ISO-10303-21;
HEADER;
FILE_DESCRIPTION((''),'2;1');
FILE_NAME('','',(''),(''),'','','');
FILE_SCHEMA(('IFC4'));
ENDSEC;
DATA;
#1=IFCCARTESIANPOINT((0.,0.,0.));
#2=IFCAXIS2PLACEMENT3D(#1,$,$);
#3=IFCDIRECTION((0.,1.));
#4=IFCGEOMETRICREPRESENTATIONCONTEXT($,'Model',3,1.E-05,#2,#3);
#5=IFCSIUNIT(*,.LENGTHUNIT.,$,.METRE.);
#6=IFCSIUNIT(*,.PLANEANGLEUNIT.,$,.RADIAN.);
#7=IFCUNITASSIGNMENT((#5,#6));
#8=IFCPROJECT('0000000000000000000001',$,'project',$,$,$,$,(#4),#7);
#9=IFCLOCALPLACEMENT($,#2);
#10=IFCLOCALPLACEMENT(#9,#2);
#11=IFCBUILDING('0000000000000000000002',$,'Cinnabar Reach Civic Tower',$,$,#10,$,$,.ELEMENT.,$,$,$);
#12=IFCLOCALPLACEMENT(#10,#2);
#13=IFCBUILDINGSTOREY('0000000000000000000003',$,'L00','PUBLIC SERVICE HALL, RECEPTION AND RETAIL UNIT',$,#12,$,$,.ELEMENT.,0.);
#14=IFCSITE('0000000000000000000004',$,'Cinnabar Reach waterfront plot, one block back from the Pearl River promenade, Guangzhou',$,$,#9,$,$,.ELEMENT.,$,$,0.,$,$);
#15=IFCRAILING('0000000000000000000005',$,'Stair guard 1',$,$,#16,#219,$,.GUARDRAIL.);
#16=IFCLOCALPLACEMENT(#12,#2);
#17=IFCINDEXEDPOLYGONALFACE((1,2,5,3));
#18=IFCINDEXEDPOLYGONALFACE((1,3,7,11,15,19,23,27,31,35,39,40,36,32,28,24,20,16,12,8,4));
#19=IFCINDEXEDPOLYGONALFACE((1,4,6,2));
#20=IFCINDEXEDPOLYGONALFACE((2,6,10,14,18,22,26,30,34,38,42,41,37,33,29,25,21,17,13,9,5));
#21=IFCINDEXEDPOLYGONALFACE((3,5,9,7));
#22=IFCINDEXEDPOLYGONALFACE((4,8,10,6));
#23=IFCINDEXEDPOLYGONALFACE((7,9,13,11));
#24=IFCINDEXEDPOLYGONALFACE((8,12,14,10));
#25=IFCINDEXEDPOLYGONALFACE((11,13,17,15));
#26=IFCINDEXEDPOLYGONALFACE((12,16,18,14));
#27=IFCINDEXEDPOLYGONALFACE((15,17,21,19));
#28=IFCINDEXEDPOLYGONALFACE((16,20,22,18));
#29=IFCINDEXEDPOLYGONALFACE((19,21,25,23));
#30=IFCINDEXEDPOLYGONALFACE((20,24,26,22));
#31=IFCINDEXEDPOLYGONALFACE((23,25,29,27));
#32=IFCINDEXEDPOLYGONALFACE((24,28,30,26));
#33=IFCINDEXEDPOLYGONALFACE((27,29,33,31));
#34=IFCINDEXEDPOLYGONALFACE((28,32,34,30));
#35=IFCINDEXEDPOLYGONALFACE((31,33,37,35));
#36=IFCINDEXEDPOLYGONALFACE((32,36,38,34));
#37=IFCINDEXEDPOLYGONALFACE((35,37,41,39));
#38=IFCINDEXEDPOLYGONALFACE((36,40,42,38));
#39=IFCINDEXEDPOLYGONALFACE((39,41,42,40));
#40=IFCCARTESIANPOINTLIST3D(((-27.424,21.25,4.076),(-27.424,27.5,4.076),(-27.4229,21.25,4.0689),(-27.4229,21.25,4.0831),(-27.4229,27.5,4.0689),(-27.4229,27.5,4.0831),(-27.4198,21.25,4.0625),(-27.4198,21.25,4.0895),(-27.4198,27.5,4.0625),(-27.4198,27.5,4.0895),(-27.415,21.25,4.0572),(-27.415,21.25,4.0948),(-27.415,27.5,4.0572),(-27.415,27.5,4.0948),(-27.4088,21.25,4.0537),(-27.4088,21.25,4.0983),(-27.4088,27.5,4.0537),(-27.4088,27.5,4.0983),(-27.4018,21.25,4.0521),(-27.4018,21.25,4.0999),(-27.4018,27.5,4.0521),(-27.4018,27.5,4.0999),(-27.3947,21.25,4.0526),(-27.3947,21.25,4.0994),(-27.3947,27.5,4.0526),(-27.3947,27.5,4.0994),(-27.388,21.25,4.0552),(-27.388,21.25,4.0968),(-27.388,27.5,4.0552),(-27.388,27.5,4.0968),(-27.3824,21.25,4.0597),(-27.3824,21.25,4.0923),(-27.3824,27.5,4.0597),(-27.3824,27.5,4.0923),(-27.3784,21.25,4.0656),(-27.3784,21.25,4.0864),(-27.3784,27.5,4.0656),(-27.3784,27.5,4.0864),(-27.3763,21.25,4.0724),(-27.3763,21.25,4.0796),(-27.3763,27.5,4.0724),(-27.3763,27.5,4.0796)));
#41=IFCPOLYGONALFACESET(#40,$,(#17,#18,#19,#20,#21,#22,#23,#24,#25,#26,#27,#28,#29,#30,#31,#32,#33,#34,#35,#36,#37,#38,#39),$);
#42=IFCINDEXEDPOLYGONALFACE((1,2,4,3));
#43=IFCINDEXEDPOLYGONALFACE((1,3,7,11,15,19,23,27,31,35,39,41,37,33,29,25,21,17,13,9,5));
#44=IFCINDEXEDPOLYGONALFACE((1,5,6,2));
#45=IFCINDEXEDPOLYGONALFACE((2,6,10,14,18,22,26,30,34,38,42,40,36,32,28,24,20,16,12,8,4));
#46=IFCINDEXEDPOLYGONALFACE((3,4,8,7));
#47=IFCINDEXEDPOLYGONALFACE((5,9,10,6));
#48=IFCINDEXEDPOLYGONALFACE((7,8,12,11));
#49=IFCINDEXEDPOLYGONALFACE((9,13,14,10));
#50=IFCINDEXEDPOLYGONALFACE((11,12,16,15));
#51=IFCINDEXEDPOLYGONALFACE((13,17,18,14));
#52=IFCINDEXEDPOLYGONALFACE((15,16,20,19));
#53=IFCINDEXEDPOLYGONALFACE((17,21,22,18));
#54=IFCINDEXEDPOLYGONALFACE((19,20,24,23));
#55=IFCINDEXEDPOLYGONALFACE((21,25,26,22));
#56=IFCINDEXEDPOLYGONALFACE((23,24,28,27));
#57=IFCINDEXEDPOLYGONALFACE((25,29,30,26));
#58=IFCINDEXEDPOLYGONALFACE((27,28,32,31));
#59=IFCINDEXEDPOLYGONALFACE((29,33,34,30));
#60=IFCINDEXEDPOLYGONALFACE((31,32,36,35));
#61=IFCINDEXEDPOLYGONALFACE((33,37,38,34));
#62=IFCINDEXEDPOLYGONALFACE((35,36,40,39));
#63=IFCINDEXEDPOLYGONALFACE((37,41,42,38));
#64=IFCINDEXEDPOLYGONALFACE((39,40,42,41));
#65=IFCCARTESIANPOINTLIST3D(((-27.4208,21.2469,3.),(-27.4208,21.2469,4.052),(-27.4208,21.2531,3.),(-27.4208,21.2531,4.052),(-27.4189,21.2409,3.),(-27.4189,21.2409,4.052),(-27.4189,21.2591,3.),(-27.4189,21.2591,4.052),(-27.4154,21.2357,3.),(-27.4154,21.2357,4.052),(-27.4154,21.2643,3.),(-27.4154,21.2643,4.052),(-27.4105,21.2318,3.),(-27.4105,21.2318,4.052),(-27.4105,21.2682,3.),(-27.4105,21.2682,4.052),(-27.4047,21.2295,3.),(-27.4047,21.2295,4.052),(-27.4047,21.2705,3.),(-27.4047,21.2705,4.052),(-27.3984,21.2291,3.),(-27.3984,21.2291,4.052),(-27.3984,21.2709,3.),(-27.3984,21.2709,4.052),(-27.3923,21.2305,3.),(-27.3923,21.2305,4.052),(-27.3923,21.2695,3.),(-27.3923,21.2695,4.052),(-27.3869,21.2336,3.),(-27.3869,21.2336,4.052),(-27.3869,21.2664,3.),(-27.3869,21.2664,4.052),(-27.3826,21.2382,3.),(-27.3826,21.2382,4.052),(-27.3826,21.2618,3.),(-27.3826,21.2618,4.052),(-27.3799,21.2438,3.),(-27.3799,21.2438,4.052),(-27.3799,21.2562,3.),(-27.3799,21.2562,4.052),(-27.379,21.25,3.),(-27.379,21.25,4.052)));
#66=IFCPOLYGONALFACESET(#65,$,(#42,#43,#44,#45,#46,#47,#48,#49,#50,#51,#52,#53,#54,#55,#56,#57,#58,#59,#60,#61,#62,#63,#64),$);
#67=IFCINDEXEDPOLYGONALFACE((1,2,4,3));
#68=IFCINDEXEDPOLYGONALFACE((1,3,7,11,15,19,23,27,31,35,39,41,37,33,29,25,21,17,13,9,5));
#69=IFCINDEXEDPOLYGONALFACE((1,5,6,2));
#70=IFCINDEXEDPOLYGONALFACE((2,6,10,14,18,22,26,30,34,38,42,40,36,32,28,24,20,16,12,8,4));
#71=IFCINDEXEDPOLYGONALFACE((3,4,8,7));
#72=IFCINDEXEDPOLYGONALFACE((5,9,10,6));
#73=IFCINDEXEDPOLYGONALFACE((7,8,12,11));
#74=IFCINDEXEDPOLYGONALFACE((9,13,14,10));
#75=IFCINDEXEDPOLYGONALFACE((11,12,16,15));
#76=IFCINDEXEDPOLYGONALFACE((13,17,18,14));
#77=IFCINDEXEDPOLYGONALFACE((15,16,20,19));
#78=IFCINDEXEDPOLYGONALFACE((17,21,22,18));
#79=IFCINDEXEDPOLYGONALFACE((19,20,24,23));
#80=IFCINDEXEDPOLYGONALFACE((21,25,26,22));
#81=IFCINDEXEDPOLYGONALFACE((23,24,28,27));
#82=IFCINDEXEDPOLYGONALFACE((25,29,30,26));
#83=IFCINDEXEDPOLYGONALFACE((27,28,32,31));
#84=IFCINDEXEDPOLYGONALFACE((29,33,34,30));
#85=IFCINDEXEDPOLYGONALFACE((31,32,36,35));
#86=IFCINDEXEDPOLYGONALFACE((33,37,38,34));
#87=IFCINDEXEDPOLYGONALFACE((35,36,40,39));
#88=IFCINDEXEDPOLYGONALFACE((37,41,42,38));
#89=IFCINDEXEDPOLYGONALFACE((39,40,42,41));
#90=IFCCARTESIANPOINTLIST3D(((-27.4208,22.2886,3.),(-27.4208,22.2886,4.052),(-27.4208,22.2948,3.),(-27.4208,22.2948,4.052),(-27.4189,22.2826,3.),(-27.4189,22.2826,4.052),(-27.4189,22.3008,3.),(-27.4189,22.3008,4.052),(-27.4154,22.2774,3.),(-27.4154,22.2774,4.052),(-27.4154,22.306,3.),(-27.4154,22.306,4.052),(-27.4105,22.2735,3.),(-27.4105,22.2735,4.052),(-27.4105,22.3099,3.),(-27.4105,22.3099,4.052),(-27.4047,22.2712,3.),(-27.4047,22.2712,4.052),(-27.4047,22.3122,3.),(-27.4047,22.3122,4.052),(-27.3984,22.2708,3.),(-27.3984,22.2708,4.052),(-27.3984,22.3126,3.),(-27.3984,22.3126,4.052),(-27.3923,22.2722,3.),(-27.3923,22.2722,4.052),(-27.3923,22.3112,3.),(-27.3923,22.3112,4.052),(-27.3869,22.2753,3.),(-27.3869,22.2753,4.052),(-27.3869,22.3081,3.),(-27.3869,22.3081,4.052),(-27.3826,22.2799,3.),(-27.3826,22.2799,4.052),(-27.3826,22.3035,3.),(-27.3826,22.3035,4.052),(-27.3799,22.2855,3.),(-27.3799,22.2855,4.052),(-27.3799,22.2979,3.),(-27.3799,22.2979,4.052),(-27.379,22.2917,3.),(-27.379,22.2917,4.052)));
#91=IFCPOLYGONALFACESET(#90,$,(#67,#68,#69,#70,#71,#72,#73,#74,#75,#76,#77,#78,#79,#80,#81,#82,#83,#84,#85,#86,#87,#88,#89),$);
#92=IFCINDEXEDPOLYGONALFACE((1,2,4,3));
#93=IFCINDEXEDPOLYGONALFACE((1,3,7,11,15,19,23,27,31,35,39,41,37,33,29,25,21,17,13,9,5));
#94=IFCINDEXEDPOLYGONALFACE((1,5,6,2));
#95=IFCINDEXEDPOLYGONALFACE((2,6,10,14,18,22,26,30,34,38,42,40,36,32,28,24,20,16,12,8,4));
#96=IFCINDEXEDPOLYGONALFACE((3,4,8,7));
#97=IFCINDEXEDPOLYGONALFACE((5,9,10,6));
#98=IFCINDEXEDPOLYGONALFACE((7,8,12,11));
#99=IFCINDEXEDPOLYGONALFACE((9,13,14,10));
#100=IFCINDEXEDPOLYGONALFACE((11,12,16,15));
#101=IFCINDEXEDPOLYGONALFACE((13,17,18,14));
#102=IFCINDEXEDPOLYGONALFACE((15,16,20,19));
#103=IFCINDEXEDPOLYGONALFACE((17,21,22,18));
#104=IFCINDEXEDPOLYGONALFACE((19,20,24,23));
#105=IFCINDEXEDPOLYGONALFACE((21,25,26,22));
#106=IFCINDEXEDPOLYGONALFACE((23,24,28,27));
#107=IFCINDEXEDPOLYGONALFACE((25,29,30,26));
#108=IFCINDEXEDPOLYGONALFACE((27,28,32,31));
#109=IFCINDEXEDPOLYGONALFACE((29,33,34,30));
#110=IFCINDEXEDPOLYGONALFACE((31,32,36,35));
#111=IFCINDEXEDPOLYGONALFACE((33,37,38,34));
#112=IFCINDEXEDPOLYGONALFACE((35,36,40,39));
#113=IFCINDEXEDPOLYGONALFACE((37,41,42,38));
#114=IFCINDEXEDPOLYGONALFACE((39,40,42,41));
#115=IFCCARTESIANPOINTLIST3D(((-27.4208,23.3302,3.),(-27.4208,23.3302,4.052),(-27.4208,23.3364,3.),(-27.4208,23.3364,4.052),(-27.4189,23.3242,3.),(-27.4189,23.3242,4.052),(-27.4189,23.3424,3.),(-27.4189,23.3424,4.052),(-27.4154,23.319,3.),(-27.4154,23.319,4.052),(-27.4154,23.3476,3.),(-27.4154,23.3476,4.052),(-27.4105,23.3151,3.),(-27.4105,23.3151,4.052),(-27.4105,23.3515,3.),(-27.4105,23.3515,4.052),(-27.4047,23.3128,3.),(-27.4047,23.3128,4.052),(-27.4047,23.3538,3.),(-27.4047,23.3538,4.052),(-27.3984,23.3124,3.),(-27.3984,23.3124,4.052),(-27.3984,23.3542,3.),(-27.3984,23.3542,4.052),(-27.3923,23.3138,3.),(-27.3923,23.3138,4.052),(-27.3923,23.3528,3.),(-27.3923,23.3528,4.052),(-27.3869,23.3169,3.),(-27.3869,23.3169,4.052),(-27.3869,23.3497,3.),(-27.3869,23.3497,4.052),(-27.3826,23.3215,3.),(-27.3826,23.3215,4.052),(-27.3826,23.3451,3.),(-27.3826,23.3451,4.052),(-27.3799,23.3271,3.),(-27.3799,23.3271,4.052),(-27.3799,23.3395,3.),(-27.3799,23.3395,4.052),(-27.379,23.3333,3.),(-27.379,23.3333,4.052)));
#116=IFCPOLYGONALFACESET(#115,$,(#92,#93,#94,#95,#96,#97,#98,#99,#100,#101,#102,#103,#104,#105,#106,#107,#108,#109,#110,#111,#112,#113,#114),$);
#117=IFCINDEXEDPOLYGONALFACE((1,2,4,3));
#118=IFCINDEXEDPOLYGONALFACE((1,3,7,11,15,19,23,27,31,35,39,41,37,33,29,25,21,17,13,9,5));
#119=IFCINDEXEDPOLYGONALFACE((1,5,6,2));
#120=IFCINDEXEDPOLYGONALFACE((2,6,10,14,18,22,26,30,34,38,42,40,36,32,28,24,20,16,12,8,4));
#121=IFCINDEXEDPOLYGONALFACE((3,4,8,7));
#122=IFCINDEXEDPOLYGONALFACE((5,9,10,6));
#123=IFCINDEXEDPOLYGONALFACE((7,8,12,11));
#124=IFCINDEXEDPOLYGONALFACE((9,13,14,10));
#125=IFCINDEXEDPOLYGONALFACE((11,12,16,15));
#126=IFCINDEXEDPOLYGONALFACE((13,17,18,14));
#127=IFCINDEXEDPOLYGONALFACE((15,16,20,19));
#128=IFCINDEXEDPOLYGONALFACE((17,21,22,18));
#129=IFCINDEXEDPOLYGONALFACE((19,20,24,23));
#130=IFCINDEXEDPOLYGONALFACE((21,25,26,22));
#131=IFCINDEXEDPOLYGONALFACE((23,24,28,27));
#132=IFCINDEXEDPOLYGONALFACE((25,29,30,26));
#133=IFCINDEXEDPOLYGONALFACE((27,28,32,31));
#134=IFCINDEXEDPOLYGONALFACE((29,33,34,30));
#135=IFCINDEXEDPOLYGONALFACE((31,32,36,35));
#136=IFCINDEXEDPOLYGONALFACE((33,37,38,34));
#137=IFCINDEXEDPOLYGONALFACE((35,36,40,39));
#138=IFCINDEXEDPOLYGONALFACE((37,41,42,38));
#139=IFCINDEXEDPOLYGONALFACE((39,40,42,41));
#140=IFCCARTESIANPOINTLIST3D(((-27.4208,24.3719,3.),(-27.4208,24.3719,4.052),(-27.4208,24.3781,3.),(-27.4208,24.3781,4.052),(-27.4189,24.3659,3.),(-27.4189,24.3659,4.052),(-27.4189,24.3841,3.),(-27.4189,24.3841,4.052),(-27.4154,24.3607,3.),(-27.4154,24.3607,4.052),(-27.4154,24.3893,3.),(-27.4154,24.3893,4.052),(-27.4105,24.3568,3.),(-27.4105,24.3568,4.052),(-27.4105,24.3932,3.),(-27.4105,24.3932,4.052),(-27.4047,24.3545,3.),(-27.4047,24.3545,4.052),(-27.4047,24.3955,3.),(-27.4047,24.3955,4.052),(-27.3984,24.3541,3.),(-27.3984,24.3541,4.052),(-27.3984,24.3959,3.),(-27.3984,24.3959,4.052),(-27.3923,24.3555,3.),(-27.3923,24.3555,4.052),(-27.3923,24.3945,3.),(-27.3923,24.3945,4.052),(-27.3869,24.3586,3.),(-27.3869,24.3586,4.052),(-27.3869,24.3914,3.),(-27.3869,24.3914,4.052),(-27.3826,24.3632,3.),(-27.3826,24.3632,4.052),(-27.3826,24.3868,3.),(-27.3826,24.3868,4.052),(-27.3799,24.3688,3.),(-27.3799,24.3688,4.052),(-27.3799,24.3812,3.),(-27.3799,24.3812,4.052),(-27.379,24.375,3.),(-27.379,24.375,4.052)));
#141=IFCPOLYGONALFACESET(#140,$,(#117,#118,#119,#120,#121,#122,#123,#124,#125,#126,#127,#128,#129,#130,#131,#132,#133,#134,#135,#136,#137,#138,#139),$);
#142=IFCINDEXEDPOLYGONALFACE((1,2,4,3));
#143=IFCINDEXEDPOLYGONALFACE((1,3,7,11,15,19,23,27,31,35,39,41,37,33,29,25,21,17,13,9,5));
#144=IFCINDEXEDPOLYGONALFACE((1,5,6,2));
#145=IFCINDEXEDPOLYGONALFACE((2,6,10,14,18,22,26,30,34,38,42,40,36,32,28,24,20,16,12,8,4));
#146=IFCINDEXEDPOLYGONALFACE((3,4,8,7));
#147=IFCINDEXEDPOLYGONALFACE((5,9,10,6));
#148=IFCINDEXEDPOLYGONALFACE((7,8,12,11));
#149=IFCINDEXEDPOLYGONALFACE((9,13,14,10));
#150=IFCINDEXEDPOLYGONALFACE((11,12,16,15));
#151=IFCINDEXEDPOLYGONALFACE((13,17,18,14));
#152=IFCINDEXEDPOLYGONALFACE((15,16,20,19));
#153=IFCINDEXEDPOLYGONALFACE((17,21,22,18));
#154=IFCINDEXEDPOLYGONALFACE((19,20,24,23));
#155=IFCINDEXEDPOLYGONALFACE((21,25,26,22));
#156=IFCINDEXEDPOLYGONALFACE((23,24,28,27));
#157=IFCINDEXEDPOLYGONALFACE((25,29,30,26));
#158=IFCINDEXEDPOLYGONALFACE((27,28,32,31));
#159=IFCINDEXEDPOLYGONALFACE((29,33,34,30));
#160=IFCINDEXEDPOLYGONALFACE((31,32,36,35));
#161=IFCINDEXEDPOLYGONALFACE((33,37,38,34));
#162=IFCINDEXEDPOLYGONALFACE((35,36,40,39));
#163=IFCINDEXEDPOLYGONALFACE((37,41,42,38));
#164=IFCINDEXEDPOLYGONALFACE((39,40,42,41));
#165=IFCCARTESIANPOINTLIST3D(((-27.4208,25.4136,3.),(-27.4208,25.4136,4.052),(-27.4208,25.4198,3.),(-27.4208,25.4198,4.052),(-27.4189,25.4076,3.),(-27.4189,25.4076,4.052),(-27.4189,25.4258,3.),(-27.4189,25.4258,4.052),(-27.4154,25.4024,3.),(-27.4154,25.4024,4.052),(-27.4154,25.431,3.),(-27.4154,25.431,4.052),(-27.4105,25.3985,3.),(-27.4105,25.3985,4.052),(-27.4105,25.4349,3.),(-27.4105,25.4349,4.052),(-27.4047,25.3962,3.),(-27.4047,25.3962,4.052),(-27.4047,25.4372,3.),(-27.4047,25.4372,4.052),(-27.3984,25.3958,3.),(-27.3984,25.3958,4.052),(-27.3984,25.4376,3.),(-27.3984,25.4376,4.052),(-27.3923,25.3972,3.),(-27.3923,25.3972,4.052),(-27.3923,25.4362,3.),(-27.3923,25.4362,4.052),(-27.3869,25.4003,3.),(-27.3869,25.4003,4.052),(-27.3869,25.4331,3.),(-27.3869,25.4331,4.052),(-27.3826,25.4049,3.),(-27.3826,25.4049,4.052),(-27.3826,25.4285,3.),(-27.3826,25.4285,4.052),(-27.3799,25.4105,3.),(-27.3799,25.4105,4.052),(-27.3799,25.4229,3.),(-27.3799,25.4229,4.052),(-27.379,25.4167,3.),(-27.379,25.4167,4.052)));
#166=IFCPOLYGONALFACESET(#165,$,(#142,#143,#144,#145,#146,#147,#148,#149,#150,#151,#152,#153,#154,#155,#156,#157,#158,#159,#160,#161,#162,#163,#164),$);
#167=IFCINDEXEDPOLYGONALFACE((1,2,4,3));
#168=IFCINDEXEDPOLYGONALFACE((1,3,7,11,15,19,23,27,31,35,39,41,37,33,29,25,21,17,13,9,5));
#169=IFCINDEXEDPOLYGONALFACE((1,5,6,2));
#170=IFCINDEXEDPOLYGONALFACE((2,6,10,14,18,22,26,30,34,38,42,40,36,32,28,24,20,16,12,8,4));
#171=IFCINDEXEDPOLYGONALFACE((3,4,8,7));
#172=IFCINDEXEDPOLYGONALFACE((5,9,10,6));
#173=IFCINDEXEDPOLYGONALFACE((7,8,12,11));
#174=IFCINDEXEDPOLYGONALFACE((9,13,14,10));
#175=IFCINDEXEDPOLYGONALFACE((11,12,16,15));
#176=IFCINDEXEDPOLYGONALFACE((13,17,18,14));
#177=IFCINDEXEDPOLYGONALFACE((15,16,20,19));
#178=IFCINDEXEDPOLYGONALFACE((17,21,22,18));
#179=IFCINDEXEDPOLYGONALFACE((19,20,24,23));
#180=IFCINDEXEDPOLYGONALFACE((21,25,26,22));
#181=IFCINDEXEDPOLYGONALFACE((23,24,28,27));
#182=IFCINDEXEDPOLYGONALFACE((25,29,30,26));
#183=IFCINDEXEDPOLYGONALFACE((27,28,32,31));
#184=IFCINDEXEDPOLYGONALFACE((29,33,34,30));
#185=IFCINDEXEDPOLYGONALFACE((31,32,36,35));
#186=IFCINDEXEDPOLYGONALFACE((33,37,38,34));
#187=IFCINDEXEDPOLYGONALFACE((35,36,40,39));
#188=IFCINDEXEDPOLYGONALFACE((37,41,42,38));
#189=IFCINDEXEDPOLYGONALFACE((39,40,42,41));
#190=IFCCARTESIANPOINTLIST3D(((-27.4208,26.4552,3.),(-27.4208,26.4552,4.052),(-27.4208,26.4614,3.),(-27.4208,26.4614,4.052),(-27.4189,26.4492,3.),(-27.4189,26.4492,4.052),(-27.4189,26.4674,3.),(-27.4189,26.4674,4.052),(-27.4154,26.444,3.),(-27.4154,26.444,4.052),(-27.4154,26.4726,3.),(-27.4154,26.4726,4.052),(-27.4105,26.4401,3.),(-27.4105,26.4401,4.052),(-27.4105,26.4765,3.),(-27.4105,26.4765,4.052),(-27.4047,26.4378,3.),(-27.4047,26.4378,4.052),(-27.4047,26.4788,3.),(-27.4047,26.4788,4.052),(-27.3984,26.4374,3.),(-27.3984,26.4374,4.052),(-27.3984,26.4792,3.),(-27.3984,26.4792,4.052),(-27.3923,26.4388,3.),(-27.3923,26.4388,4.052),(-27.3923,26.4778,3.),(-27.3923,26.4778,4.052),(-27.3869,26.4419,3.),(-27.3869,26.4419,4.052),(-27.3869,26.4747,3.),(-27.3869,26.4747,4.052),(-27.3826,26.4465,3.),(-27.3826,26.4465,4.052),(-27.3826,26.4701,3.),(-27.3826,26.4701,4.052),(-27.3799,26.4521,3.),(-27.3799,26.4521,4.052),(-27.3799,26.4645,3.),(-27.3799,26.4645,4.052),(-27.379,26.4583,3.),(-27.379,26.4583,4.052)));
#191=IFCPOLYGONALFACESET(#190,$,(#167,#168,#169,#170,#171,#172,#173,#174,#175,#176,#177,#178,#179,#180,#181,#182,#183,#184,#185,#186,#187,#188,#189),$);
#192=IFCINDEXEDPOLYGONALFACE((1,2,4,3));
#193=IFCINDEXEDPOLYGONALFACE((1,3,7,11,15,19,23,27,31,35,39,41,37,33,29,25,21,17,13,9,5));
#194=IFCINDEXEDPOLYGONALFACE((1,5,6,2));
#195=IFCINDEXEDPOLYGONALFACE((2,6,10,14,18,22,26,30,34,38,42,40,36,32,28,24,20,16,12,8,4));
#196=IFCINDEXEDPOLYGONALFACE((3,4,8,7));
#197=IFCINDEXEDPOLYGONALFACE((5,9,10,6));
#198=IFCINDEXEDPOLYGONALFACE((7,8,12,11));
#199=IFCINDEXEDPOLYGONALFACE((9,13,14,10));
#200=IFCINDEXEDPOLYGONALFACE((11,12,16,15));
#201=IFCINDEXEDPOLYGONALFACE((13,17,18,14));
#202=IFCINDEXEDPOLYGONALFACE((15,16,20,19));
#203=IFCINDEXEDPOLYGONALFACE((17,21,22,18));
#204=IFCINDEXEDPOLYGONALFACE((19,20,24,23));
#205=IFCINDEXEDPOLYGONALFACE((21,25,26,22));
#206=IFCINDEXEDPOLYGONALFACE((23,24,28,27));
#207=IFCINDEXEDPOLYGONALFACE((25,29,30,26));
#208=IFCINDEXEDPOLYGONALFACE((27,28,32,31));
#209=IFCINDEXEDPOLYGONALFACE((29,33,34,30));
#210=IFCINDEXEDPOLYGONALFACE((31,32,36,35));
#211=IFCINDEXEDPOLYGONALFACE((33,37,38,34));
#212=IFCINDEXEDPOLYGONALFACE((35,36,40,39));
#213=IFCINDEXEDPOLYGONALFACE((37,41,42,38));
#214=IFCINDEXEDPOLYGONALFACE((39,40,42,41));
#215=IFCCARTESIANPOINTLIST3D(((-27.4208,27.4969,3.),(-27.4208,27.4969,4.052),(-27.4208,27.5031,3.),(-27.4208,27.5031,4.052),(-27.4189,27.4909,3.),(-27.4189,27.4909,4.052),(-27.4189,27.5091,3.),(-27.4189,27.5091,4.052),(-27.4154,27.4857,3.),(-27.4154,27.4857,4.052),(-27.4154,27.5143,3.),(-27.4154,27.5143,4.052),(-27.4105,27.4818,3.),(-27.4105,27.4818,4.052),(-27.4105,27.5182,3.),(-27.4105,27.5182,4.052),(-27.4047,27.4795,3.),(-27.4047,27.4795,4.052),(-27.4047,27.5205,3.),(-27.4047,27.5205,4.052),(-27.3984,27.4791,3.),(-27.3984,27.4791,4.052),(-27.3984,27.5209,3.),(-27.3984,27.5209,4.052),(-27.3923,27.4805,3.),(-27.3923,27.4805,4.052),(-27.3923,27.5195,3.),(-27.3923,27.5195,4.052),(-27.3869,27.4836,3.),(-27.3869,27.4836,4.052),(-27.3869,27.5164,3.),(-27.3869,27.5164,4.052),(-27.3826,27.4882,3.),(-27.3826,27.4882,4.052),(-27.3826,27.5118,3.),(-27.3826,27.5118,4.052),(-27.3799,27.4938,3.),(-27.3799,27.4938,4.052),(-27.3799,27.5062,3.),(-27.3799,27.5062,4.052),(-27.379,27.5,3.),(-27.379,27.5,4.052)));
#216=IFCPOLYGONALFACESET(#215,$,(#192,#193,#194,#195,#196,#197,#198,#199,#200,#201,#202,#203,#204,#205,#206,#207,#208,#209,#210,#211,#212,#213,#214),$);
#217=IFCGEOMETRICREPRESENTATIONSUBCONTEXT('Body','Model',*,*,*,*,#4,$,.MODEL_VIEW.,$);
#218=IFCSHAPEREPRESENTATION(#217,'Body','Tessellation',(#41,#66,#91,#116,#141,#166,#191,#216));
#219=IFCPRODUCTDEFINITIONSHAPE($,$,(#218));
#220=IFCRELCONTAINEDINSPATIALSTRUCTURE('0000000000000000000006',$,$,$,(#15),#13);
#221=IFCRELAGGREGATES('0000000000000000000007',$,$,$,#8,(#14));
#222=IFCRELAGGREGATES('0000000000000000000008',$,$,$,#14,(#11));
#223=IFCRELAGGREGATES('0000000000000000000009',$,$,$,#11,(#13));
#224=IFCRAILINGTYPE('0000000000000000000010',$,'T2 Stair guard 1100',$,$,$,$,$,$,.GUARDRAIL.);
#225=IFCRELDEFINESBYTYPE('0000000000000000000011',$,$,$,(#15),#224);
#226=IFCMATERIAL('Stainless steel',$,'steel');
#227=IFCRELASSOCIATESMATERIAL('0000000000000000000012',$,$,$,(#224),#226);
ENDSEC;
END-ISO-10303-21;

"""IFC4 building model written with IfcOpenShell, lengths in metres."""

from ifc_helpers import new_model, si_unit, direction, frame, origin, origin_2d, place, context, subcontext, project, spatial, circle, extrude, material, type_object, element, save


model = new_model("IFC4")

# Units and contexts
model_context = context("Model", 3, precision=1e-05, world=origin(), true_north=direction((0.0, 1.0)))
body_context = subcontext(model_context, "Body", "Model", "MODEL_VIEW")
ifc_project = project(units=[si_unit("LENGTHUNIT", "METRE"), si_unit("PLANEANGLEUNIT", "RADIAN")], contexts=[model_context])

# Site, building, storey
site_placement = place(None, origin())
site = spatial("IfcSite", under=ifc_project, at=site_placement, Name="Cinnabar Reach waterfront plot, one block back from the Pearl River promenade, Guangzhou", CompositionType="ELEMENT", RefElevation=0.0)
building_placement = place(site_placement, origin())
building = spatial("IfcBuilding", under=site, at=building_placement, Name="Cinnabar Reach Civic Tower", CompositionType="ELEMENT")
storey_placement = place(building_placement, origin())
storey = spatial("IfcBuildingStorey", under=building, at=storey_placement, Name="L00", Description="PUBLIC SERVICE HALL, RECEPTION AND RETAIL UNIT", CompositionType="ELEMENT", Elevation=0.0)

# Railing
ifc_material_1 = material(Name="Stainless steel", Category="steel")
railing_type = type_object("IfcRailingType", Name="T2 Stair guard 1100", PredefinedType="GUARDRAIL", material=ifc_material_1)
for number, where, name in (
    (1, (-27.4, 21.25, 3.0), "Stair guard 1"),
):
    element("IfcRailing", number, at=place(storey_placement, frame(where)), inside=storey, type_object=railing_type, Name=name, PredefinedType="GUARDRAIL", context=body_context, shape_type="SweptSolid", body=[
        extrude(circle(Radius=0.024, at=origin_2d()), frame((0.0, 0.0, 1.076), z_axis=(0.0, 1.0, 0.0), x_axis=(-1.0, 0.0, 0.0)), (0.0, 0.0, 1.0), 6.25),
        extrude(circle(Radius=0.021, at=origin_2d()), origin(), (0.0, 0.0, 1.0), 1.052),
        extrude(circle(Radius=0.021, at=origin_2d()), frame((0.0, 1.0417, 0.0)), (0.0, 0.0, 1.0), 1.052),
        extrude(circle(Radius=0.021, at=origin_2d()), frame((0.0, 2.0833, 0.0)), (0.0, 0.0, 1.0), 1.052),
        extrude(circle(Radius=0.021, at=origin_2d()), frame((0.0, 3.125, 0.0)), (0.0, 0.0, 1.0), 1.052),
        extrude(circle(Radius=0.021, at=origin_2d()), frame((0.0, 4.1667, 0.0)), (0.0, 0.0, 1.0), 1.052),
        extrude(circle(Radius=0.021, at=origin_2d()), frame((0.0, 5.2083, 0.0)), (0.0, 0.0, 1.0), 1.052),
        extrude(circle(Radius=0.021, at=origin_2d()), frame((0.0, 6.25, 0.0)), (0.0, 0.0, 1.0), 1.052),
    ])

save(model, "model.ifc")
